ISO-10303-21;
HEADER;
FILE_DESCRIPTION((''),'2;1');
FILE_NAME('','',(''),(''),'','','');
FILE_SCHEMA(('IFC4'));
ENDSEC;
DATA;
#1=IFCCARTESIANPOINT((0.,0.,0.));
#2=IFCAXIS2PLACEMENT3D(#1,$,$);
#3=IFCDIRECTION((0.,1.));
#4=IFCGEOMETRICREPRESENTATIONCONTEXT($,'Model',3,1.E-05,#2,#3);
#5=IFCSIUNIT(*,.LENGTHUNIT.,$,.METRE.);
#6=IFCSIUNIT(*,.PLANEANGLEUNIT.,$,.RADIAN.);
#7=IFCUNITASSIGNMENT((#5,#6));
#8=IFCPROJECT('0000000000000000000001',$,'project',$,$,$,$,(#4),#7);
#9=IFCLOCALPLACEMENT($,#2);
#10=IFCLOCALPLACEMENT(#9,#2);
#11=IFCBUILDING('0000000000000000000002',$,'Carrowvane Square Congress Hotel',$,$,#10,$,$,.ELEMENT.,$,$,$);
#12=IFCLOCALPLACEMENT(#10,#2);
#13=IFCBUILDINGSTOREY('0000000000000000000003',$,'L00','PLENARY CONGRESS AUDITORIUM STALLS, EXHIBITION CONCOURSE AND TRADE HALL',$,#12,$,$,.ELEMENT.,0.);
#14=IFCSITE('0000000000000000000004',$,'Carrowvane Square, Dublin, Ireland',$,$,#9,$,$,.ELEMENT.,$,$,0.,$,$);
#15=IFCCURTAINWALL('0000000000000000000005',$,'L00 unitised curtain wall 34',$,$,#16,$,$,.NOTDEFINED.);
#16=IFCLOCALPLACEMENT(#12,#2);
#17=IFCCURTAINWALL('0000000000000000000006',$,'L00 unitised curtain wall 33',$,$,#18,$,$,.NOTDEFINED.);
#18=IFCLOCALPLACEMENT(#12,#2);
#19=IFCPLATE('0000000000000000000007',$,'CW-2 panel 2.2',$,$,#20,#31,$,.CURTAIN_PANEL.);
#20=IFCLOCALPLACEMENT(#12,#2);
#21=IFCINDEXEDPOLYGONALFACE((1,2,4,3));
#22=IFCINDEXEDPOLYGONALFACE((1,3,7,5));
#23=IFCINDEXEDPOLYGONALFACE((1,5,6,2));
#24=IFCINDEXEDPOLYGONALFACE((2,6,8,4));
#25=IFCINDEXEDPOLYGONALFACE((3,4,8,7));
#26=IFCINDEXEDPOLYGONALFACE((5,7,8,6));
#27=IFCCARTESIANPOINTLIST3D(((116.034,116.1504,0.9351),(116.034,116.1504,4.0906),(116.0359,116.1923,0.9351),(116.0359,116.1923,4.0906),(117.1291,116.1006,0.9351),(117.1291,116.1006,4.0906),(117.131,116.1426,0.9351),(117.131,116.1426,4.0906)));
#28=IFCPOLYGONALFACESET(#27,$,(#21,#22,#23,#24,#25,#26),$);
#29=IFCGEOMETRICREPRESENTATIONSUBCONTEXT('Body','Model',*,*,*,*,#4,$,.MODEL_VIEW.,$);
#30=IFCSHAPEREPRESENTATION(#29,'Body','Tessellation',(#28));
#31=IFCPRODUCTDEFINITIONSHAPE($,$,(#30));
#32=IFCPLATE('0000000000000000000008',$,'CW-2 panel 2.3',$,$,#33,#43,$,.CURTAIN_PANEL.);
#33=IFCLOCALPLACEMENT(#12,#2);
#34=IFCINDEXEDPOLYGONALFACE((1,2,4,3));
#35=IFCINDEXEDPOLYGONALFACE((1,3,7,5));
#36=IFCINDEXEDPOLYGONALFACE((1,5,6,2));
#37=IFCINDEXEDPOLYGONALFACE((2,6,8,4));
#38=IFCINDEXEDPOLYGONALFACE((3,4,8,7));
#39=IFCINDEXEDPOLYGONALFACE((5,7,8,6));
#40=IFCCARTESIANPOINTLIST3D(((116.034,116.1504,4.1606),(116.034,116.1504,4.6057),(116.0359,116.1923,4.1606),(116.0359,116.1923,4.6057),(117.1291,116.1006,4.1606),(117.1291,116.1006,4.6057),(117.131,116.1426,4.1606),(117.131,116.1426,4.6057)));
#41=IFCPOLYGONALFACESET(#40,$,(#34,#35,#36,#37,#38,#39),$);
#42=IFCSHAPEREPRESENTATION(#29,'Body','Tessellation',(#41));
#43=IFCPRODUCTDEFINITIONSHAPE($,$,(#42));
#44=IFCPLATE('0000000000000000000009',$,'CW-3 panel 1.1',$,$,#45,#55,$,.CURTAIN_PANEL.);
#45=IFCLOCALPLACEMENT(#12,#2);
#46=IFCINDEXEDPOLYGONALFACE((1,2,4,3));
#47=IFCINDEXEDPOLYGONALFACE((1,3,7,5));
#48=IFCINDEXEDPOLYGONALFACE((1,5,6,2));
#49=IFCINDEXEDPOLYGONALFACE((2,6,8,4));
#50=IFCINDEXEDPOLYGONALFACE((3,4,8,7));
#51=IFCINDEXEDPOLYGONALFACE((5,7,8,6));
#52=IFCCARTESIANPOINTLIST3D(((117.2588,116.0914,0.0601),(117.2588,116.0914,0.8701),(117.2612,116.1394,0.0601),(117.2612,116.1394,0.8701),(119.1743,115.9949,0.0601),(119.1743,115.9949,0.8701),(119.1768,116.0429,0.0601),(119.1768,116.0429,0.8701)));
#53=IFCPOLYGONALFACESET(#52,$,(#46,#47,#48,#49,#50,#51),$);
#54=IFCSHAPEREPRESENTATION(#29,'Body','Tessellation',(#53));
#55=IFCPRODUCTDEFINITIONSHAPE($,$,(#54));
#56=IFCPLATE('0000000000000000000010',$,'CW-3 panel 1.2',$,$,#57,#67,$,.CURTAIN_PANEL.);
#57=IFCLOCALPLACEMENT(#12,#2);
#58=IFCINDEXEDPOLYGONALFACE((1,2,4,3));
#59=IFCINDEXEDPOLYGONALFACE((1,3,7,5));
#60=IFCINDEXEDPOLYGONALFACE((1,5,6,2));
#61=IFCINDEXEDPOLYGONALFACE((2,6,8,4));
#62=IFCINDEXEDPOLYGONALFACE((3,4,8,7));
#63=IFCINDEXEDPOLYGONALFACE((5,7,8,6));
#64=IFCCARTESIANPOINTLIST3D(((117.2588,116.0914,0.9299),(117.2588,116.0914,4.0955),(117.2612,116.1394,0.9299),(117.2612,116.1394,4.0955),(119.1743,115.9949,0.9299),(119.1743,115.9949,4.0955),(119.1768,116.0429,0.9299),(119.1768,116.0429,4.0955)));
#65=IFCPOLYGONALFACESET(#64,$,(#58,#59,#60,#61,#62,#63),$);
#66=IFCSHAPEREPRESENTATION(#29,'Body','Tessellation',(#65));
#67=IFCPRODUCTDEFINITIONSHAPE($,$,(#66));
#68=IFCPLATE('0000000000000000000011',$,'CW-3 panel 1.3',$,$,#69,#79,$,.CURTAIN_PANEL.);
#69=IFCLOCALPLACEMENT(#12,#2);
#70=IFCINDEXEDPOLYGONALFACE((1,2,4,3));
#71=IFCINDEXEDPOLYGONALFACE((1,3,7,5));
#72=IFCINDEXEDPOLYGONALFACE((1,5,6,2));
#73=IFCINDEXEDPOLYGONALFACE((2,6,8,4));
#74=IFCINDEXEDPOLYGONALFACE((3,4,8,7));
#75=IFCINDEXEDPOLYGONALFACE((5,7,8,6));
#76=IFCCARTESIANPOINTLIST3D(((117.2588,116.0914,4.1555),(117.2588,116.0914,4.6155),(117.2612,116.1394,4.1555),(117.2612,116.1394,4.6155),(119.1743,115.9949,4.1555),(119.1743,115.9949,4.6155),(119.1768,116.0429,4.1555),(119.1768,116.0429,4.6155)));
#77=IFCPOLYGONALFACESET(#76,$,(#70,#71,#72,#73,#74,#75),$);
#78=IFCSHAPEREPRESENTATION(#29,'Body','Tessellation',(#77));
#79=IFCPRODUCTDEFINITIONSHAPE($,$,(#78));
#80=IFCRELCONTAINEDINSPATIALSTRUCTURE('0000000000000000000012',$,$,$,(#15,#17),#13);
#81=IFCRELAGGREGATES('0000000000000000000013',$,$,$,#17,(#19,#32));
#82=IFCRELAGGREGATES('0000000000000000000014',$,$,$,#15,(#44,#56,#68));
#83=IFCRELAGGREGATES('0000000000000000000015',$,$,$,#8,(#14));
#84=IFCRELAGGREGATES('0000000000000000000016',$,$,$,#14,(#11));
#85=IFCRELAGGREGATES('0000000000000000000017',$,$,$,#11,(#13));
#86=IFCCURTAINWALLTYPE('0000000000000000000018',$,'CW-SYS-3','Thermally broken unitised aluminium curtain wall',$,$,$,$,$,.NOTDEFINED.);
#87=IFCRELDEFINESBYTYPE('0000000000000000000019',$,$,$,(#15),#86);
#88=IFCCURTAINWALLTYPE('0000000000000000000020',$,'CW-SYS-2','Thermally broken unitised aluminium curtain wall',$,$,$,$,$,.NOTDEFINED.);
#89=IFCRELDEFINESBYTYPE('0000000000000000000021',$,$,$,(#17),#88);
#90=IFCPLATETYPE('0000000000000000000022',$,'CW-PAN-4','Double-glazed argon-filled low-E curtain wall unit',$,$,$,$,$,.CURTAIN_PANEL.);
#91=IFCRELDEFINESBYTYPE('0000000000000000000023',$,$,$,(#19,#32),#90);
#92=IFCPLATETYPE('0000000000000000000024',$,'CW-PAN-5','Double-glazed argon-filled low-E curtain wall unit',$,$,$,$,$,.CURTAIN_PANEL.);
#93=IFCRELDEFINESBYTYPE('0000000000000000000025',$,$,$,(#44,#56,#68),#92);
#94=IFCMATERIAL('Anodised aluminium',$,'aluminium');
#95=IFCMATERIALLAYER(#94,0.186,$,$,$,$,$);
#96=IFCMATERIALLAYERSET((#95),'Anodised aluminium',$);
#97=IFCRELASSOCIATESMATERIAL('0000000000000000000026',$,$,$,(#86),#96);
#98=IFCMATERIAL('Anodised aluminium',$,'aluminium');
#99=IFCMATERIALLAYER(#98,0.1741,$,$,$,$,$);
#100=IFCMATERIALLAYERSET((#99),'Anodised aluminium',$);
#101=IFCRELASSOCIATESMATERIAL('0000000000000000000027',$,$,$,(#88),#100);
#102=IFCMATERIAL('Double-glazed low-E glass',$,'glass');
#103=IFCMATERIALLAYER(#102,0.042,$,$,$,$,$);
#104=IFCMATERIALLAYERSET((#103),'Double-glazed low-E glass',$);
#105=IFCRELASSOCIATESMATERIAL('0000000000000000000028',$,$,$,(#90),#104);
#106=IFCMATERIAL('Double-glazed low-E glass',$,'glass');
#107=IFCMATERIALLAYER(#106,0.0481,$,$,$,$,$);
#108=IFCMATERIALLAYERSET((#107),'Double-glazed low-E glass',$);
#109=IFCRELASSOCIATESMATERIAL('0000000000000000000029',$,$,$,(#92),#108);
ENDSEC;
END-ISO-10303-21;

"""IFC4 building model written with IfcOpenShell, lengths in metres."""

from ifc_helpers import new_model, si_unit, direction, frame, origin, origin_2d, place, context, subcontext, project, spatial, rectangle, extrude, material, layer, layer_set, type_object, element, aggregate, save


model = new_model("IFC4")

# Units and contexts
model_context = context("Model", 3, precision=1e-05, world=origin(), true_north=direction((0.0, 1.0)))
body_context = subcontext(model_context, "Body", "Model", "MODEL_VIEW")
ifc_project = project(units=[si_unit("LENGTHUNIT", "METRE"), si_unit("PLANEANGLEUNIT", "RADIAN")], contexts=[model_context])

# Site, building, storey
site_placement = place(None, origin())
site = spatial("IfcSite", under=ifc_project, at=site_placement, Name="Carrowvane Square, Dublin, Ireland", CompositionType="ELEMENT", RefElevation=0.0)
building_placement = place(site_placement, origin())
building = spatial("IfcBuilding", under=site, at=building_placement, Name="Carrowvane Square Congress Hotel", CompositionType="ELEMENT")
storey_placement = place(building_placement, origin())
storey = spatial("IfcBuildingStorey", under=building, at=storey_placement, Name="L00", Description="PLENARY CONGRESS AUDITORIUM STALLS, EXHIBITION CONCOURSE AND TRADE HALL", CompositionType="ELEMENT", Elevation=0.0)

# Curtain wall
ifc_material_1 = material(Name="Anodised aluminium", Category="aluminium")
ifc_layer_1 = layer(ifc_material_1, 0.186)
ifc_layer_set_1 = layer_set([ifc_layer_1], Name="Anodised aluminium")
curtain_wall_type_1 = type_object("IfcCurtainWallType", Name="CW-SYS-3", Description="Thermally broken unitised aluminium curtain wall", PredefinedType="NOTDEFINED", material=ifc_layer_set_1)
curtain_wall_1_placement = place(storey_placement, origin())
curtain_wall_1 = element("IfcCurtainWall", 1, at=curtain_wall_1_placement, inside=storey, type_object=curtain_wall_type_1, Name="L00 unitised curtain wall 34", PredefinedType="NOTDEFINED")

# Curtain wall
ifc_material_2 = material(Name="Anodised aluminium", Category="aluminium")
ifc_layer_2 = layer(ifc_material_2, 0.1741)
ifc_layer_set_2 = layer_set([ifc_layer_2], Name="Anodised aluminium")
curtain_wall_type_2 = type_object("IfcCurtainWallType", Name="CW-SYS-2", Description="Thermally broken unitised aluminium curtain wall", PredefinedType="NOTDEFINED", material=ifc_layer_set_2)
curtain_wall_2_placement = place(storey_placement, origin())
curtain_wall_2 = element("IfcCurtainWall", 2, at=curtain_wall_2_placement, inside=storey, type_object=curtain_wall_type_2, Name="L00 unitised curtain wall 33", PredefinedType="NOTDEFINED")

# Plates
ifc_material_3 = material(Name="Double-glazed low-E glass", Category="glass")
ifc_layer_3 = layer(ifc_material_3, 0.042)
ifc_layer_set_3 = layer_set([ifc_layer_3], Name="Double-glazed low-E glass")
plate_type_1 = type_object("IfcPlateType", Name="CW-PAN-4", Description="Double-glazed argon-filled low-E curtain wall unit", PredefinedType="CURTAIN_PANEL", material=ifc_layer_set_3)
plate_1_placement = place(storey_placement, frame((116.5825, 116.1465, 0.9351), z_axis=(0.0, 0.0, 1.0), x_axis=(0.998968, -0.045411, 0.0)))
plate_1 = element("IfcPlate", 3, at=plate_1_placement, type_object=plate_type_1, Name="CW-2 panel 2.2", PredefinedType="CURTAIN_PANEL", context=body_context, shape_type="SweptSolid", body=[
    extrude(rectangle(XDim=1.0962, YDim=0.042, at=origin_2d()), origin(), (0.0, 0.0, 1.0), 3.1555),
])
plate_2_placement = place(storey_placement, frame((116.5825, 116.1465, 4.1606), z_axis=(0.0, 0.0, 1.0), x_axis=(0.998968, -0.045411, 0.0)))
plate_2 = element("IfcPlate", 4, at=plate_2_placement, type_object=plate_type_1, Name="CW-2 panel 2.3", PredefinedType="CURTAIN_PANEL", context=body_context, shape_type="SweptSolid", body=[
    extrude(rectangle(XDim=1.0962, YDim=0.042, at=origin_2d()), origin(), (0.0, 0.0, 1.0), 0.4451),
])
aggregate(curtain_wall_2, [plate_1, plate_2])
ifc_material_4 = material(Name="Double-glazed low-E glass", Category="glass")
ifc_layer_4 = layer(ifc_material_4, 0.0481)
ifc_layer_set_4 = layer_set([ifc_layer_4], Name="Double-glazed low-E glass")
plate_type_2 = type_object("IfcPlateType", Name="CW-PAN-5", Description="Double-glazed argon-filled low-E curtain wall unit", PredefinedType="CURTAIN_PANEL", material=ifc_layer_set_4)
plate_3_placement = place(storey_placement, frame((118.2178, 116.0671, 0.0601), z_axis=(0.0, 0.0, 1.0), x_axis=(0.998733, -0.050324, 0.0)))
plate_3 = element("IfcPlate", 5, at=plate_3_placement, type_object=plate_type_2, Name="CW-3 panel 1.1", PredefinedType="CURTAIN_PANEL", context=body_context, shape_type="SweptSolid", body=[
    extrude(rectangle(XDim=1.918, YDim=0.0481, at=origin_2d()), origin(), (0.0, 0.0, 1.0), 0.8101),
])
plate_4_placement = place(storey_placement, frame((118.2178, 116.0671, 0.9299), z_axis=(0.0, 0.0, 1.0), x_axis=(0.998733, -0.050324, 0.0)))
plate_4 = element("IfcPlate", 6, at=plate_4_placement, type_object=plate_type_2, Name="CW-3 panel 1.2", PredefinedType="CURTAIN_PANEL", context=body_context, shape_type="SweptSolid", body=[
    extrude(rectangle(XDim=1.918, YDim=0.0481, at=origin_2d()), origin(), (0.0, 0.0, 1.0), 3.1655),
])
plate_5_placement = place(storey_placement, frame((118.2178, 116.0671, 4.1555), z_axis=(0.0, 0.0, 1.0), x_axis=(0.998733, -0.050324, 0.0)))
plate_5 = element("IfcPlate", 7, at=plate_5_placement, type_object=plate_type_2, Name="CW-3 panel 1.3", PredefinedType="CURTAIN_PANEL", context=body_context, shape_type="SweptSolid", body=[
    extrude(rectangle(XDim=1.918, YDim=0.0481, at=origin_2d()), origin(), (0.0, 0.0, 1.0), 0.46),
])
aggregate(curtain_wall_1, [plate_3, plate_4, plate_5])

save(model, "model.ifc")
